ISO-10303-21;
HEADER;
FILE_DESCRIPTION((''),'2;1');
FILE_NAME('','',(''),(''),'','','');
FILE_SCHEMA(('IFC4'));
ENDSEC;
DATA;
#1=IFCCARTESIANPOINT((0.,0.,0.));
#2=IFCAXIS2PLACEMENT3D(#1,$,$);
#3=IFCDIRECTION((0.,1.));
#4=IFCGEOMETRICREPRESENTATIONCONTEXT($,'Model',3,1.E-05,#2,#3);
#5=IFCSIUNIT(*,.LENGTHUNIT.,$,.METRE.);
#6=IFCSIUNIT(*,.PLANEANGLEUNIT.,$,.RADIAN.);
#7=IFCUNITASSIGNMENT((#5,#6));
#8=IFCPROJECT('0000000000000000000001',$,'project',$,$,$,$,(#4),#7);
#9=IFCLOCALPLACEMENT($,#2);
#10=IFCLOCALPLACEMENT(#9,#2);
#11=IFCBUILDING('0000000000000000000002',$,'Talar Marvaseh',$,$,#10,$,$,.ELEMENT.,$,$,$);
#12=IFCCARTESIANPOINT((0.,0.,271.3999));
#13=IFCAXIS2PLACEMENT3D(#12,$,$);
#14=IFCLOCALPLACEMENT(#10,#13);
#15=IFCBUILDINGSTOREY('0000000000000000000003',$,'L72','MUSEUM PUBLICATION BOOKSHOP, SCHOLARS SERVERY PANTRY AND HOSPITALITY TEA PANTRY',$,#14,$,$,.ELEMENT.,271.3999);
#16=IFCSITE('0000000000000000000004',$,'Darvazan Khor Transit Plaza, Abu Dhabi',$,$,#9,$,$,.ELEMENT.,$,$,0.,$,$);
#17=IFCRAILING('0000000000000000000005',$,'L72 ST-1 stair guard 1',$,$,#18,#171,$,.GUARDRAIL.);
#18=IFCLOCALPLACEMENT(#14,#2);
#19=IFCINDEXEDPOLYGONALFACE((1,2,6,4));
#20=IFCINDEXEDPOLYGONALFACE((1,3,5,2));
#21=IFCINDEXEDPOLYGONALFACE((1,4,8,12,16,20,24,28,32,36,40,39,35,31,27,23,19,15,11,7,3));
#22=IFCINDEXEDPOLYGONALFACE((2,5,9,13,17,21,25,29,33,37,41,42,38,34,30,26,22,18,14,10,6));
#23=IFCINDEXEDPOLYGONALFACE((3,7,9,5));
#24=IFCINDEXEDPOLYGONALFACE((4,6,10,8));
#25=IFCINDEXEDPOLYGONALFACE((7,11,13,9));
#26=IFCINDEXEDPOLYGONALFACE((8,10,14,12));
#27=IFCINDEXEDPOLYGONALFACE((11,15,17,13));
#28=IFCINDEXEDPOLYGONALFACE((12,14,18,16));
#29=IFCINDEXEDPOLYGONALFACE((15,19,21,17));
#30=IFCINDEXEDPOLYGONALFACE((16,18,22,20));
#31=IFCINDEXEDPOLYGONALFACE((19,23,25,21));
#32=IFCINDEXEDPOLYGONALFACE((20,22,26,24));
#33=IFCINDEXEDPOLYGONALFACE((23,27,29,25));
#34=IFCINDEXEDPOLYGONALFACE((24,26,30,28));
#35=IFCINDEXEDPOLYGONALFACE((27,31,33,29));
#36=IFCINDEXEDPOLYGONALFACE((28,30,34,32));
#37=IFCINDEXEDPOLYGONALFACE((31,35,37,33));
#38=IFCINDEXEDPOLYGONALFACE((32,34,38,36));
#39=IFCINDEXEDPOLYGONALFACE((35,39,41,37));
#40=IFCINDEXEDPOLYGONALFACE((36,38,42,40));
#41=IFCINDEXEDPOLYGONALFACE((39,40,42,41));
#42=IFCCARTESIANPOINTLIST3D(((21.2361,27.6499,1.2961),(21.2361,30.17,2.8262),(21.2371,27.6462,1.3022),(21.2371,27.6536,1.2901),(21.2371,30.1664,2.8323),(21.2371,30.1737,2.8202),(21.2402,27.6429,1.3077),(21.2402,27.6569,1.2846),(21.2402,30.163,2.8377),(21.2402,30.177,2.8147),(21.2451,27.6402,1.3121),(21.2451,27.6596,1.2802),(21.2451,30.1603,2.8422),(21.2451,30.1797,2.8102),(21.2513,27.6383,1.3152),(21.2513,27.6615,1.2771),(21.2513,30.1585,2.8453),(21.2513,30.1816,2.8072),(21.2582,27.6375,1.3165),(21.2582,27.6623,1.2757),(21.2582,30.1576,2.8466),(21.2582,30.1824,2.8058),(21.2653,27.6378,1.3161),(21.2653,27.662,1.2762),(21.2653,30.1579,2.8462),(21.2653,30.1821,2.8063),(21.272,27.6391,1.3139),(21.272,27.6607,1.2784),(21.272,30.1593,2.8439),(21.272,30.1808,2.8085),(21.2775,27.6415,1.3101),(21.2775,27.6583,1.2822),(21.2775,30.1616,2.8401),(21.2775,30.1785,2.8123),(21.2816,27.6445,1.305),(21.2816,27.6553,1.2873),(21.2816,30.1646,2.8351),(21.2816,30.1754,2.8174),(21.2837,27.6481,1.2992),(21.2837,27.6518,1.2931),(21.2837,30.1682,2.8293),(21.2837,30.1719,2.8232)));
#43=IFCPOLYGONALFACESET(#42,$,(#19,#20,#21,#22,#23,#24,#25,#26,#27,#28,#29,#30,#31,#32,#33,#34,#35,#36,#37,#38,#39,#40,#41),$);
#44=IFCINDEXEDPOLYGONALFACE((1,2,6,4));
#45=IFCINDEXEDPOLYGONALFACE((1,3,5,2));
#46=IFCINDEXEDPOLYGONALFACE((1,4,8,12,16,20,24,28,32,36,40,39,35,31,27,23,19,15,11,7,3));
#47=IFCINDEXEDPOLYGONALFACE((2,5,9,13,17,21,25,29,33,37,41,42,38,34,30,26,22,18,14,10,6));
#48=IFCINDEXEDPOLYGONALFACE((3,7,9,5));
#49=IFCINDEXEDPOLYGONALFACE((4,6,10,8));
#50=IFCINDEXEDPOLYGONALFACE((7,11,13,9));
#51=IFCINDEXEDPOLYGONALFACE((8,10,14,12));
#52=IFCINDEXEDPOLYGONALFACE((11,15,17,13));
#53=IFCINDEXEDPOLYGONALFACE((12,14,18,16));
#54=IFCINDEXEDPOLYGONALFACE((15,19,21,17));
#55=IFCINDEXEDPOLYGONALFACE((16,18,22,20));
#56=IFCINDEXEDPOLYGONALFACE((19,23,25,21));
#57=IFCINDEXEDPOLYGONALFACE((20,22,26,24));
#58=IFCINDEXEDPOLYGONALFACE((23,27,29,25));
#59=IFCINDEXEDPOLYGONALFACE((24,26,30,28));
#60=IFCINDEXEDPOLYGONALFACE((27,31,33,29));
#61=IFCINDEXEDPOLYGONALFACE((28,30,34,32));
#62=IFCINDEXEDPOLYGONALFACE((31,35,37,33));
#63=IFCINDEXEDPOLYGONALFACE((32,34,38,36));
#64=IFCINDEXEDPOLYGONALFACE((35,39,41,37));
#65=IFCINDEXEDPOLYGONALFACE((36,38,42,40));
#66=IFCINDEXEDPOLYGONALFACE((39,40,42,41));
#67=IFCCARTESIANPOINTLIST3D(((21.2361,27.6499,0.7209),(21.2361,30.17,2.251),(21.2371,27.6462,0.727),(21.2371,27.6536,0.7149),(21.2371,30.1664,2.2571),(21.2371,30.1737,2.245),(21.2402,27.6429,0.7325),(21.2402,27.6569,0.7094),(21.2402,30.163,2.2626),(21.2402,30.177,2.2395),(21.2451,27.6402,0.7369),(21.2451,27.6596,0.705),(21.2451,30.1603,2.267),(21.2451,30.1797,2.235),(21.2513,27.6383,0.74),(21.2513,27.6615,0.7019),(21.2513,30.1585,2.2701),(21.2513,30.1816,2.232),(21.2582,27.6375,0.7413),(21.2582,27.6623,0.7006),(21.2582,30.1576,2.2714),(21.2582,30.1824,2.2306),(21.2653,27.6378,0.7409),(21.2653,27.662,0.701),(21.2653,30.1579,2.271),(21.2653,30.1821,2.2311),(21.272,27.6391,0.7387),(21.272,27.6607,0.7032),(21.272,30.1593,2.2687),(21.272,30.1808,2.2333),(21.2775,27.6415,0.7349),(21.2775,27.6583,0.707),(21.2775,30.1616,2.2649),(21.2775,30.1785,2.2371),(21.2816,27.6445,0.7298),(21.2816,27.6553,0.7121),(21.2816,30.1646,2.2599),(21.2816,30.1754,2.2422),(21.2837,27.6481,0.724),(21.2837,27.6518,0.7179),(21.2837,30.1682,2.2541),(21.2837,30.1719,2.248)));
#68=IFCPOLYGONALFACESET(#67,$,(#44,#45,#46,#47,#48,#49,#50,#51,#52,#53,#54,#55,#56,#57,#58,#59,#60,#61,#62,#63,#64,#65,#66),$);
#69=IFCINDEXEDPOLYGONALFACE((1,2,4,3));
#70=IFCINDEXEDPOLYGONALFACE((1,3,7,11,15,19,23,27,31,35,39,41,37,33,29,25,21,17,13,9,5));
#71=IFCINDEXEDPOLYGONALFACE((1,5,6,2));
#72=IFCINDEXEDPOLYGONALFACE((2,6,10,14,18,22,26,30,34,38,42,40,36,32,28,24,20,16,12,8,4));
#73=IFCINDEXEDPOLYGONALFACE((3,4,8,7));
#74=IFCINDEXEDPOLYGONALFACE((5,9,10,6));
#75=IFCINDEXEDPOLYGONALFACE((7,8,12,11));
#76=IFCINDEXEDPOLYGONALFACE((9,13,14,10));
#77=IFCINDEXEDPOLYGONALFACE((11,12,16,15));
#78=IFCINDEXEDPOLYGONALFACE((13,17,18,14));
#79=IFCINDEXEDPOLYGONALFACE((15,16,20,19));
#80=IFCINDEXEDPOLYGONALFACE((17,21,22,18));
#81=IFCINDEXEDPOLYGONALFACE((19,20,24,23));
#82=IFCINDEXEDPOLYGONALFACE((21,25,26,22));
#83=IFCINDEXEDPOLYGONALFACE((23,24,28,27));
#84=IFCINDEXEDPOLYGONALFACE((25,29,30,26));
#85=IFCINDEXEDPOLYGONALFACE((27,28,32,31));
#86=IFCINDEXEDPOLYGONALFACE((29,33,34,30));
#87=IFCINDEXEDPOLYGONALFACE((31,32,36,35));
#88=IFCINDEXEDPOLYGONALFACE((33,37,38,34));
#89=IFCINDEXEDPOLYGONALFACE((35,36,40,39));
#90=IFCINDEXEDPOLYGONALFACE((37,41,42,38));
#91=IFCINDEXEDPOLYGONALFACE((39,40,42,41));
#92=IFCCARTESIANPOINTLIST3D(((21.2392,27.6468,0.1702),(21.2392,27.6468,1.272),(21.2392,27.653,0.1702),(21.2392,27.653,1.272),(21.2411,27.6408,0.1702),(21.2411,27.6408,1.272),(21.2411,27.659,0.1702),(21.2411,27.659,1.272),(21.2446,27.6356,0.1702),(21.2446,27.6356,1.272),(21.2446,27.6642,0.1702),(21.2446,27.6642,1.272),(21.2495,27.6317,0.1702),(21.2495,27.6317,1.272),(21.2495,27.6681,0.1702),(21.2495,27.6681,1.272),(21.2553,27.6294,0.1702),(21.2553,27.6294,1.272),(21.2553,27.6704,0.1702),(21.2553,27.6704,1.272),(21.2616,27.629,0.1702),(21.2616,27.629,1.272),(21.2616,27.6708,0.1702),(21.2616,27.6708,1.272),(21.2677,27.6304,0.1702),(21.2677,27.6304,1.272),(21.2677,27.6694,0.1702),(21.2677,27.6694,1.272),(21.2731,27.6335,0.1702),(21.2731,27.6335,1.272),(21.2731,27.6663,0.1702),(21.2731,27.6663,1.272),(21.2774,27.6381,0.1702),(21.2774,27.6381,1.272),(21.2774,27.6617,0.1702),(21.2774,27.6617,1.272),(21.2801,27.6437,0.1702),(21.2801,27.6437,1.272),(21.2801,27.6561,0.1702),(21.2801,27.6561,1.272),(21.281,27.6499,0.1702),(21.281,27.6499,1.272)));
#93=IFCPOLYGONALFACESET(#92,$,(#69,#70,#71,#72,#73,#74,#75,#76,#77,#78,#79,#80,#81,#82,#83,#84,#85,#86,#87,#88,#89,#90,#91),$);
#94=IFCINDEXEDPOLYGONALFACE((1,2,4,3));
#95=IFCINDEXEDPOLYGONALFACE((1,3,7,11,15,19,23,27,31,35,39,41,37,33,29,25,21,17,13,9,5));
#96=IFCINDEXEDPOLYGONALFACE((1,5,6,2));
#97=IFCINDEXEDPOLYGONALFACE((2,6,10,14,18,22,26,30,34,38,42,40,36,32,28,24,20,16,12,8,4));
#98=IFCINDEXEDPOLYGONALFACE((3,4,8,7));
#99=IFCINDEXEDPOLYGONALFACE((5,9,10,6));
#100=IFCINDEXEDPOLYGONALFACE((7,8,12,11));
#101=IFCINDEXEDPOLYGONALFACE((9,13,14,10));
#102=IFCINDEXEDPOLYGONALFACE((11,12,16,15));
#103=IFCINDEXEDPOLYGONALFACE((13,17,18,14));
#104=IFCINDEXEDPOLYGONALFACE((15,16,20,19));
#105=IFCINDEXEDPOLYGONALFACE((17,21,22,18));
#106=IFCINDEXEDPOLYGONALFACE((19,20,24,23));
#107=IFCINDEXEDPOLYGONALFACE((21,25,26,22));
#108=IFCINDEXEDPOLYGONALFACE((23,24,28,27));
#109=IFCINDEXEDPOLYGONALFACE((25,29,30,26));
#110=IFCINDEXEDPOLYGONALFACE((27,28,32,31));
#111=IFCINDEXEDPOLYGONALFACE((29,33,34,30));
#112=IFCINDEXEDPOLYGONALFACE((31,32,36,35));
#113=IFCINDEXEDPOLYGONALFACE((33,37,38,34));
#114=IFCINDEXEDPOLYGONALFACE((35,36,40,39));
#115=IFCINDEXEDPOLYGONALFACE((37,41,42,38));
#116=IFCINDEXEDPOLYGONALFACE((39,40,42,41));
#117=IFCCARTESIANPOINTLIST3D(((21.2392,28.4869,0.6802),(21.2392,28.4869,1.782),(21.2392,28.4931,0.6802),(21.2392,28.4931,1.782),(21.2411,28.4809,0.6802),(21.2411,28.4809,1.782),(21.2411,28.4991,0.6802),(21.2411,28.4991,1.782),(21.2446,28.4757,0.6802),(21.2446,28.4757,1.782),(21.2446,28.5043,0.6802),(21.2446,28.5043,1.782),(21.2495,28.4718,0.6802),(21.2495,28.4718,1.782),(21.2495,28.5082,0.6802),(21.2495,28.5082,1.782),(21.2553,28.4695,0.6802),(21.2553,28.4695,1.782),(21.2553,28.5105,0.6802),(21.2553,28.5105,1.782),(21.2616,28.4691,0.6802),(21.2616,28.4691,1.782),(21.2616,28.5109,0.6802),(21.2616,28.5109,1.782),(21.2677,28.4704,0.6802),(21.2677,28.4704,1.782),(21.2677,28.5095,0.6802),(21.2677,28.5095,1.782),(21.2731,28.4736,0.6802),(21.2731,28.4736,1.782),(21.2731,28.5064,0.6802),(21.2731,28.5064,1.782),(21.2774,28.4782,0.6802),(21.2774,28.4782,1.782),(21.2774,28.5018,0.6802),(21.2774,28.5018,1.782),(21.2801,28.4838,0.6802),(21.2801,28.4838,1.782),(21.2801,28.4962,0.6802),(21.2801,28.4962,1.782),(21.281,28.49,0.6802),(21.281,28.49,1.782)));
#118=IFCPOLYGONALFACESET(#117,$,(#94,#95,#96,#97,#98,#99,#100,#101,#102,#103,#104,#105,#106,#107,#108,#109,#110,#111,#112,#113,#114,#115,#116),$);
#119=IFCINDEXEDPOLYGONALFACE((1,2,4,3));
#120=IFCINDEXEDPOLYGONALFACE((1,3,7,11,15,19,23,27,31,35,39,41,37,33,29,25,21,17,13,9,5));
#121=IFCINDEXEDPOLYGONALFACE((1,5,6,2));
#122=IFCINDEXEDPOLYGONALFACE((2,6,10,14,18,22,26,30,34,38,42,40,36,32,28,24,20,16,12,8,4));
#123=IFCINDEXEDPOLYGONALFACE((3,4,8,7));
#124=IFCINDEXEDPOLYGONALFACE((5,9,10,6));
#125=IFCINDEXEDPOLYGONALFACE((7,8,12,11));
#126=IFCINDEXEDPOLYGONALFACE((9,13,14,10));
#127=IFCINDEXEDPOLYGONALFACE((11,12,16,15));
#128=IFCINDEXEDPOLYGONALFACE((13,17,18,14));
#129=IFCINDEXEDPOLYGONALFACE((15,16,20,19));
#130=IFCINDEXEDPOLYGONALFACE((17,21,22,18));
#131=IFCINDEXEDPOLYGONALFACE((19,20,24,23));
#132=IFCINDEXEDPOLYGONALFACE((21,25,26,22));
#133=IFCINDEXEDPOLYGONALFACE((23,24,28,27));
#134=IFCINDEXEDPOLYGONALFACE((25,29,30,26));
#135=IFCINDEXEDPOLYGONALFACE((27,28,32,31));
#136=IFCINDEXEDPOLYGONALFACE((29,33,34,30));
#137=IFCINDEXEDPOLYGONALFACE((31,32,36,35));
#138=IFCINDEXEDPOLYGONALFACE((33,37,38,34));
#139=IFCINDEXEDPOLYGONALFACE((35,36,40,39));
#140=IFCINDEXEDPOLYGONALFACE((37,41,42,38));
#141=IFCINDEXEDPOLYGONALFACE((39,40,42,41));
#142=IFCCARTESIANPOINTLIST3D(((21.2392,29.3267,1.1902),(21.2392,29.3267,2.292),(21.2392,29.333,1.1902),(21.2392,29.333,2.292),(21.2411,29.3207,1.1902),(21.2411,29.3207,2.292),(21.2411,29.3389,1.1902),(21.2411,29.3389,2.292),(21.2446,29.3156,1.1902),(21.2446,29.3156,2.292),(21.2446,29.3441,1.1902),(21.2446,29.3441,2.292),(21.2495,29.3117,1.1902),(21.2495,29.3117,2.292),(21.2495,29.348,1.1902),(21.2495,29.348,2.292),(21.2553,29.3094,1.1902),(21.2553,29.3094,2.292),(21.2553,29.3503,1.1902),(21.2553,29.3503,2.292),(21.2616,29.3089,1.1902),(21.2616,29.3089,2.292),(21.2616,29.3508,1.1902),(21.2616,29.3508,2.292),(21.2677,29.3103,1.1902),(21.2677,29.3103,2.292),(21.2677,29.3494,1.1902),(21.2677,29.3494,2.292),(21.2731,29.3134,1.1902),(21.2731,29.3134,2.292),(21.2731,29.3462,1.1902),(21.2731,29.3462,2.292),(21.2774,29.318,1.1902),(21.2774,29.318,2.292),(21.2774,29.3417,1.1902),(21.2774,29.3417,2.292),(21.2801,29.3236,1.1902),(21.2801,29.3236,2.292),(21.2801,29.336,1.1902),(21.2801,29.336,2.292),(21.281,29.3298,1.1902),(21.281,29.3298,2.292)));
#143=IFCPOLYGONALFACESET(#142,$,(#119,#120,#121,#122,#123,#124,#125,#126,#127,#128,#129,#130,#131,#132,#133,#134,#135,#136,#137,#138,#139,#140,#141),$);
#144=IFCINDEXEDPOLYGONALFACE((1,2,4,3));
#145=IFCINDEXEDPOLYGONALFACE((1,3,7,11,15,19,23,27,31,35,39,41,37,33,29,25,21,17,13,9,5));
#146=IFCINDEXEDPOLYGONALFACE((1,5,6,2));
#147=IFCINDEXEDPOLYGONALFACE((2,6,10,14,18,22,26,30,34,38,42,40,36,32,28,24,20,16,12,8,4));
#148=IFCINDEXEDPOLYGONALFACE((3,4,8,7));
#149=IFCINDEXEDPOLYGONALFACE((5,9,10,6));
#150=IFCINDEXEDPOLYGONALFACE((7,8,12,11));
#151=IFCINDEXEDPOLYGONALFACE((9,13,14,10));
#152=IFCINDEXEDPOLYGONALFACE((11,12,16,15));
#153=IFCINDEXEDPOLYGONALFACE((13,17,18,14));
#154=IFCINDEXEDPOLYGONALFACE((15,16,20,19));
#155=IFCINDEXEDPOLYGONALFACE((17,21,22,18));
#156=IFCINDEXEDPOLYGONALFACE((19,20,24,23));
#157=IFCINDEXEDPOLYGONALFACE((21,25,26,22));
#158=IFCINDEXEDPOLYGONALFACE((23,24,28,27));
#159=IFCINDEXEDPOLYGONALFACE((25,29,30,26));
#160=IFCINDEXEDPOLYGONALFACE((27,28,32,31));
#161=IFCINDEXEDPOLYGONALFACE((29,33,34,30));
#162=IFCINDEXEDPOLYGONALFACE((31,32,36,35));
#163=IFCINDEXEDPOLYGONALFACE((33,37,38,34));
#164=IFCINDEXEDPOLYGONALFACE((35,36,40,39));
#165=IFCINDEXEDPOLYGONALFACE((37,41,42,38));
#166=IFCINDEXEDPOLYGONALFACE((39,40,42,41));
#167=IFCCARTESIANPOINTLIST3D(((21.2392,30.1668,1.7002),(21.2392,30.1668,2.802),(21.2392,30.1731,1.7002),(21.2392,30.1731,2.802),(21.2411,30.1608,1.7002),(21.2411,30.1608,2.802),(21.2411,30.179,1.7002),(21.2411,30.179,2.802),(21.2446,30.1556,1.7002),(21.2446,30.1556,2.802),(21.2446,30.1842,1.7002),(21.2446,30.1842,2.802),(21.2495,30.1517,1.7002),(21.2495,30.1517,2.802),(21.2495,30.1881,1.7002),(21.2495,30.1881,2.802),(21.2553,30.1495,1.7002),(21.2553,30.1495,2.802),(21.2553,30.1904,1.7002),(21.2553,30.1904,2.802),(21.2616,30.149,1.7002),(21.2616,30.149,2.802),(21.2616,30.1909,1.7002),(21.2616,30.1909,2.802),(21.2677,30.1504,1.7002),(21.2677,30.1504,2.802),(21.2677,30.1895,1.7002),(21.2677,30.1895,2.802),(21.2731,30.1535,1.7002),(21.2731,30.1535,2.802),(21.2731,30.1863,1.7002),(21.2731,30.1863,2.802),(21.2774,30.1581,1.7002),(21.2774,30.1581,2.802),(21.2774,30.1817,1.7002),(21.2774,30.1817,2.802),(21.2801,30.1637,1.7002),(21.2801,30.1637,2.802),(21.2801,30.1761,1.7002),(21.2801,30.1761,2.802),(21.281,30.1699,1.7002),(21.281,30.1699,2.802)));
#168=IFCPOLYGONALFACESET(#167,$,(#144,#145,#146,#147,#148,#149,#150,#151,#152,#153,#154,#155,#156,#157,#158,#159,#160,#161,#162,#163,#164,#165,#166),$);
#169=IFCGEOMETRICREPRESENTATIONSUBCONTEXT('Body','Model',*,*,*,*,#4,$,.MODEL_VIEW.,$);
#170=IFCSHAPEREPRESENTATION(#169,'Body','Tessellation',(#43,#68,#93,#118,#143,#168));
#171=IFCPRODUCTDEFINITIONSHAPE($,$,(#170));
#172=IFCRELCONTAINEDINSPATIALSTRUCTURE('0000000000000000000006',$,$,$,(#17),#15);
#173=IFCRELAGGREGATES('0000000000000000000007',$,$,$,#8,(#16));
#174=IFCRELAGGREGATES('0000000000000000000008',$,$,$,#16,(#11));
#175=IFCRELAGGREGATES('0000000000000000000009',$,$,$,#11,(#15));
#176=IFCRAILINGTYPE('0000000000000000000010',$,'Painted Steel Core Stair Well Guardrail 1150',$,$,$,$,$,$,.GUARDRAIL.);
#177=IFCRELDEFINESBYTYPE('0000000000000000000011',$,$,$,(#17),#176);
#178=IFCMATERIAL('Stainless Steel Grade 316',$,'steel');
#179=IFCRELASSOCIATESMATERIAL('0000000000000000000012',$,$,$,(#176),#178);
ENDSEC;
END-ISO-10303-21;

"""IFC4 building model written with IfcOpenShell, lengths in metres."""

from ifc_helpers import new_model, si_unit, direction, frame, origin, origin_2d, place, context, subcontext, project, spatial, circle, extrude, material, type_object, element, save


model = new_model("IFC4")

# Units and contexts
model_context = context("Model", 3, precision=1e-05, world=origin(), true_north=direction((0.0, 1.0)))
body_context = subcontext(model_context, "Body", "Model", "MODEL_VIEW")
ifc_project = project(units=[si_unit("LENGTHUNIT", "METRE"), si_unit("PLANEANGLEUNIT", "RADIAN")], contexts=[model_context])

# Site, building, storey
site_placement = place(None, origin())
site = spatial("IfcSite", under=ifc_project, at=site_placement, Name="Darvazan Khor Transit Plaza, Abu Dhabi", CompositionType="ELEMENT", RefElevation=0.0)
building_placement = place(site_placement, origin())
building = spatial("IfcBuilding", under=site, at=building_placement, Name="Talar Marvaseh", CompositionType="ELEMENT")
storey_placement = place(building_placement, frame((0.0, 0.0, 271.3999)))
storey = spatial("IfcBuildingStorey", under=building, at=storey_placement, Name="L72", Description="MUSEUM PUBLICATION BOOKSHOP, SCHOLARS SERVERY PANTRY AND HOSPITALITY TEA PANTRY", CompositionType="ELEMENT", Elevation=271.3999)

# Railing
ifc_material_1 = material(Name="Stainless Steel Grade 316", Category="steel")
railing_type_1 = type_object("IfcRailingType", Name="Painted Steel Core Stair Well Guardrail 1150", PredefinedType="GUARDRAIL", material=ifc_material_1)
railing_1_placement = place(storey_placement, frame((21.26, 27.6499, 0.1702)))
element("IfcRailing", 1, at=railing_1_placement, inside=storey, type_object=railing_type_1, Name="L72 ST-1 stair guard 1", PredefinedType="GUARDRAIL", context=body_context, shape_type="SweptSolid", body=[
    extrude(circle(Radius=0.0239, at=origin_2d()), frame((0.0, 0.0, 1.126), z_axis=(0.0, 0.854785, 0.518982), x_axis=(-1.0, 0.0, 0.0)), (0.0, 0.0, 1.0), 2.9482),
    extrude(circle(Radius=0.0239, at=origin_2d()), frame((0.0, 0.0, 0.5508), z_axis=(0.0, 0.854785, 0.518982), x_axis=(-1.0, 0.0, 0.0)), (0.0, 0.0, 1.0), 2.9482),
    extrude(circle(Radius=0.021, at=origin_2d()), origin(), (0.0, 0.0, 1.0), 1.1018),
    extrude(circle(Radius=0.021, at=origin_2d()), frame((0.0, 0.8401, 0.51)), (0.0, 0.0, 1.0), 1.1018),
    extrude(circle(Radius=0.021, at=origin_2d()), frame((0.0, 1.6799, 1.02)), (0.0, 0.0, 1.0), 1.1018),
    extrude(circle(Radius=0.021, at=origin_2d()), frame((0.0, 2.52, 1.53)), (0.0, 0.0, 1.0), 1.1018),
])

save(model, "model.ifc")
